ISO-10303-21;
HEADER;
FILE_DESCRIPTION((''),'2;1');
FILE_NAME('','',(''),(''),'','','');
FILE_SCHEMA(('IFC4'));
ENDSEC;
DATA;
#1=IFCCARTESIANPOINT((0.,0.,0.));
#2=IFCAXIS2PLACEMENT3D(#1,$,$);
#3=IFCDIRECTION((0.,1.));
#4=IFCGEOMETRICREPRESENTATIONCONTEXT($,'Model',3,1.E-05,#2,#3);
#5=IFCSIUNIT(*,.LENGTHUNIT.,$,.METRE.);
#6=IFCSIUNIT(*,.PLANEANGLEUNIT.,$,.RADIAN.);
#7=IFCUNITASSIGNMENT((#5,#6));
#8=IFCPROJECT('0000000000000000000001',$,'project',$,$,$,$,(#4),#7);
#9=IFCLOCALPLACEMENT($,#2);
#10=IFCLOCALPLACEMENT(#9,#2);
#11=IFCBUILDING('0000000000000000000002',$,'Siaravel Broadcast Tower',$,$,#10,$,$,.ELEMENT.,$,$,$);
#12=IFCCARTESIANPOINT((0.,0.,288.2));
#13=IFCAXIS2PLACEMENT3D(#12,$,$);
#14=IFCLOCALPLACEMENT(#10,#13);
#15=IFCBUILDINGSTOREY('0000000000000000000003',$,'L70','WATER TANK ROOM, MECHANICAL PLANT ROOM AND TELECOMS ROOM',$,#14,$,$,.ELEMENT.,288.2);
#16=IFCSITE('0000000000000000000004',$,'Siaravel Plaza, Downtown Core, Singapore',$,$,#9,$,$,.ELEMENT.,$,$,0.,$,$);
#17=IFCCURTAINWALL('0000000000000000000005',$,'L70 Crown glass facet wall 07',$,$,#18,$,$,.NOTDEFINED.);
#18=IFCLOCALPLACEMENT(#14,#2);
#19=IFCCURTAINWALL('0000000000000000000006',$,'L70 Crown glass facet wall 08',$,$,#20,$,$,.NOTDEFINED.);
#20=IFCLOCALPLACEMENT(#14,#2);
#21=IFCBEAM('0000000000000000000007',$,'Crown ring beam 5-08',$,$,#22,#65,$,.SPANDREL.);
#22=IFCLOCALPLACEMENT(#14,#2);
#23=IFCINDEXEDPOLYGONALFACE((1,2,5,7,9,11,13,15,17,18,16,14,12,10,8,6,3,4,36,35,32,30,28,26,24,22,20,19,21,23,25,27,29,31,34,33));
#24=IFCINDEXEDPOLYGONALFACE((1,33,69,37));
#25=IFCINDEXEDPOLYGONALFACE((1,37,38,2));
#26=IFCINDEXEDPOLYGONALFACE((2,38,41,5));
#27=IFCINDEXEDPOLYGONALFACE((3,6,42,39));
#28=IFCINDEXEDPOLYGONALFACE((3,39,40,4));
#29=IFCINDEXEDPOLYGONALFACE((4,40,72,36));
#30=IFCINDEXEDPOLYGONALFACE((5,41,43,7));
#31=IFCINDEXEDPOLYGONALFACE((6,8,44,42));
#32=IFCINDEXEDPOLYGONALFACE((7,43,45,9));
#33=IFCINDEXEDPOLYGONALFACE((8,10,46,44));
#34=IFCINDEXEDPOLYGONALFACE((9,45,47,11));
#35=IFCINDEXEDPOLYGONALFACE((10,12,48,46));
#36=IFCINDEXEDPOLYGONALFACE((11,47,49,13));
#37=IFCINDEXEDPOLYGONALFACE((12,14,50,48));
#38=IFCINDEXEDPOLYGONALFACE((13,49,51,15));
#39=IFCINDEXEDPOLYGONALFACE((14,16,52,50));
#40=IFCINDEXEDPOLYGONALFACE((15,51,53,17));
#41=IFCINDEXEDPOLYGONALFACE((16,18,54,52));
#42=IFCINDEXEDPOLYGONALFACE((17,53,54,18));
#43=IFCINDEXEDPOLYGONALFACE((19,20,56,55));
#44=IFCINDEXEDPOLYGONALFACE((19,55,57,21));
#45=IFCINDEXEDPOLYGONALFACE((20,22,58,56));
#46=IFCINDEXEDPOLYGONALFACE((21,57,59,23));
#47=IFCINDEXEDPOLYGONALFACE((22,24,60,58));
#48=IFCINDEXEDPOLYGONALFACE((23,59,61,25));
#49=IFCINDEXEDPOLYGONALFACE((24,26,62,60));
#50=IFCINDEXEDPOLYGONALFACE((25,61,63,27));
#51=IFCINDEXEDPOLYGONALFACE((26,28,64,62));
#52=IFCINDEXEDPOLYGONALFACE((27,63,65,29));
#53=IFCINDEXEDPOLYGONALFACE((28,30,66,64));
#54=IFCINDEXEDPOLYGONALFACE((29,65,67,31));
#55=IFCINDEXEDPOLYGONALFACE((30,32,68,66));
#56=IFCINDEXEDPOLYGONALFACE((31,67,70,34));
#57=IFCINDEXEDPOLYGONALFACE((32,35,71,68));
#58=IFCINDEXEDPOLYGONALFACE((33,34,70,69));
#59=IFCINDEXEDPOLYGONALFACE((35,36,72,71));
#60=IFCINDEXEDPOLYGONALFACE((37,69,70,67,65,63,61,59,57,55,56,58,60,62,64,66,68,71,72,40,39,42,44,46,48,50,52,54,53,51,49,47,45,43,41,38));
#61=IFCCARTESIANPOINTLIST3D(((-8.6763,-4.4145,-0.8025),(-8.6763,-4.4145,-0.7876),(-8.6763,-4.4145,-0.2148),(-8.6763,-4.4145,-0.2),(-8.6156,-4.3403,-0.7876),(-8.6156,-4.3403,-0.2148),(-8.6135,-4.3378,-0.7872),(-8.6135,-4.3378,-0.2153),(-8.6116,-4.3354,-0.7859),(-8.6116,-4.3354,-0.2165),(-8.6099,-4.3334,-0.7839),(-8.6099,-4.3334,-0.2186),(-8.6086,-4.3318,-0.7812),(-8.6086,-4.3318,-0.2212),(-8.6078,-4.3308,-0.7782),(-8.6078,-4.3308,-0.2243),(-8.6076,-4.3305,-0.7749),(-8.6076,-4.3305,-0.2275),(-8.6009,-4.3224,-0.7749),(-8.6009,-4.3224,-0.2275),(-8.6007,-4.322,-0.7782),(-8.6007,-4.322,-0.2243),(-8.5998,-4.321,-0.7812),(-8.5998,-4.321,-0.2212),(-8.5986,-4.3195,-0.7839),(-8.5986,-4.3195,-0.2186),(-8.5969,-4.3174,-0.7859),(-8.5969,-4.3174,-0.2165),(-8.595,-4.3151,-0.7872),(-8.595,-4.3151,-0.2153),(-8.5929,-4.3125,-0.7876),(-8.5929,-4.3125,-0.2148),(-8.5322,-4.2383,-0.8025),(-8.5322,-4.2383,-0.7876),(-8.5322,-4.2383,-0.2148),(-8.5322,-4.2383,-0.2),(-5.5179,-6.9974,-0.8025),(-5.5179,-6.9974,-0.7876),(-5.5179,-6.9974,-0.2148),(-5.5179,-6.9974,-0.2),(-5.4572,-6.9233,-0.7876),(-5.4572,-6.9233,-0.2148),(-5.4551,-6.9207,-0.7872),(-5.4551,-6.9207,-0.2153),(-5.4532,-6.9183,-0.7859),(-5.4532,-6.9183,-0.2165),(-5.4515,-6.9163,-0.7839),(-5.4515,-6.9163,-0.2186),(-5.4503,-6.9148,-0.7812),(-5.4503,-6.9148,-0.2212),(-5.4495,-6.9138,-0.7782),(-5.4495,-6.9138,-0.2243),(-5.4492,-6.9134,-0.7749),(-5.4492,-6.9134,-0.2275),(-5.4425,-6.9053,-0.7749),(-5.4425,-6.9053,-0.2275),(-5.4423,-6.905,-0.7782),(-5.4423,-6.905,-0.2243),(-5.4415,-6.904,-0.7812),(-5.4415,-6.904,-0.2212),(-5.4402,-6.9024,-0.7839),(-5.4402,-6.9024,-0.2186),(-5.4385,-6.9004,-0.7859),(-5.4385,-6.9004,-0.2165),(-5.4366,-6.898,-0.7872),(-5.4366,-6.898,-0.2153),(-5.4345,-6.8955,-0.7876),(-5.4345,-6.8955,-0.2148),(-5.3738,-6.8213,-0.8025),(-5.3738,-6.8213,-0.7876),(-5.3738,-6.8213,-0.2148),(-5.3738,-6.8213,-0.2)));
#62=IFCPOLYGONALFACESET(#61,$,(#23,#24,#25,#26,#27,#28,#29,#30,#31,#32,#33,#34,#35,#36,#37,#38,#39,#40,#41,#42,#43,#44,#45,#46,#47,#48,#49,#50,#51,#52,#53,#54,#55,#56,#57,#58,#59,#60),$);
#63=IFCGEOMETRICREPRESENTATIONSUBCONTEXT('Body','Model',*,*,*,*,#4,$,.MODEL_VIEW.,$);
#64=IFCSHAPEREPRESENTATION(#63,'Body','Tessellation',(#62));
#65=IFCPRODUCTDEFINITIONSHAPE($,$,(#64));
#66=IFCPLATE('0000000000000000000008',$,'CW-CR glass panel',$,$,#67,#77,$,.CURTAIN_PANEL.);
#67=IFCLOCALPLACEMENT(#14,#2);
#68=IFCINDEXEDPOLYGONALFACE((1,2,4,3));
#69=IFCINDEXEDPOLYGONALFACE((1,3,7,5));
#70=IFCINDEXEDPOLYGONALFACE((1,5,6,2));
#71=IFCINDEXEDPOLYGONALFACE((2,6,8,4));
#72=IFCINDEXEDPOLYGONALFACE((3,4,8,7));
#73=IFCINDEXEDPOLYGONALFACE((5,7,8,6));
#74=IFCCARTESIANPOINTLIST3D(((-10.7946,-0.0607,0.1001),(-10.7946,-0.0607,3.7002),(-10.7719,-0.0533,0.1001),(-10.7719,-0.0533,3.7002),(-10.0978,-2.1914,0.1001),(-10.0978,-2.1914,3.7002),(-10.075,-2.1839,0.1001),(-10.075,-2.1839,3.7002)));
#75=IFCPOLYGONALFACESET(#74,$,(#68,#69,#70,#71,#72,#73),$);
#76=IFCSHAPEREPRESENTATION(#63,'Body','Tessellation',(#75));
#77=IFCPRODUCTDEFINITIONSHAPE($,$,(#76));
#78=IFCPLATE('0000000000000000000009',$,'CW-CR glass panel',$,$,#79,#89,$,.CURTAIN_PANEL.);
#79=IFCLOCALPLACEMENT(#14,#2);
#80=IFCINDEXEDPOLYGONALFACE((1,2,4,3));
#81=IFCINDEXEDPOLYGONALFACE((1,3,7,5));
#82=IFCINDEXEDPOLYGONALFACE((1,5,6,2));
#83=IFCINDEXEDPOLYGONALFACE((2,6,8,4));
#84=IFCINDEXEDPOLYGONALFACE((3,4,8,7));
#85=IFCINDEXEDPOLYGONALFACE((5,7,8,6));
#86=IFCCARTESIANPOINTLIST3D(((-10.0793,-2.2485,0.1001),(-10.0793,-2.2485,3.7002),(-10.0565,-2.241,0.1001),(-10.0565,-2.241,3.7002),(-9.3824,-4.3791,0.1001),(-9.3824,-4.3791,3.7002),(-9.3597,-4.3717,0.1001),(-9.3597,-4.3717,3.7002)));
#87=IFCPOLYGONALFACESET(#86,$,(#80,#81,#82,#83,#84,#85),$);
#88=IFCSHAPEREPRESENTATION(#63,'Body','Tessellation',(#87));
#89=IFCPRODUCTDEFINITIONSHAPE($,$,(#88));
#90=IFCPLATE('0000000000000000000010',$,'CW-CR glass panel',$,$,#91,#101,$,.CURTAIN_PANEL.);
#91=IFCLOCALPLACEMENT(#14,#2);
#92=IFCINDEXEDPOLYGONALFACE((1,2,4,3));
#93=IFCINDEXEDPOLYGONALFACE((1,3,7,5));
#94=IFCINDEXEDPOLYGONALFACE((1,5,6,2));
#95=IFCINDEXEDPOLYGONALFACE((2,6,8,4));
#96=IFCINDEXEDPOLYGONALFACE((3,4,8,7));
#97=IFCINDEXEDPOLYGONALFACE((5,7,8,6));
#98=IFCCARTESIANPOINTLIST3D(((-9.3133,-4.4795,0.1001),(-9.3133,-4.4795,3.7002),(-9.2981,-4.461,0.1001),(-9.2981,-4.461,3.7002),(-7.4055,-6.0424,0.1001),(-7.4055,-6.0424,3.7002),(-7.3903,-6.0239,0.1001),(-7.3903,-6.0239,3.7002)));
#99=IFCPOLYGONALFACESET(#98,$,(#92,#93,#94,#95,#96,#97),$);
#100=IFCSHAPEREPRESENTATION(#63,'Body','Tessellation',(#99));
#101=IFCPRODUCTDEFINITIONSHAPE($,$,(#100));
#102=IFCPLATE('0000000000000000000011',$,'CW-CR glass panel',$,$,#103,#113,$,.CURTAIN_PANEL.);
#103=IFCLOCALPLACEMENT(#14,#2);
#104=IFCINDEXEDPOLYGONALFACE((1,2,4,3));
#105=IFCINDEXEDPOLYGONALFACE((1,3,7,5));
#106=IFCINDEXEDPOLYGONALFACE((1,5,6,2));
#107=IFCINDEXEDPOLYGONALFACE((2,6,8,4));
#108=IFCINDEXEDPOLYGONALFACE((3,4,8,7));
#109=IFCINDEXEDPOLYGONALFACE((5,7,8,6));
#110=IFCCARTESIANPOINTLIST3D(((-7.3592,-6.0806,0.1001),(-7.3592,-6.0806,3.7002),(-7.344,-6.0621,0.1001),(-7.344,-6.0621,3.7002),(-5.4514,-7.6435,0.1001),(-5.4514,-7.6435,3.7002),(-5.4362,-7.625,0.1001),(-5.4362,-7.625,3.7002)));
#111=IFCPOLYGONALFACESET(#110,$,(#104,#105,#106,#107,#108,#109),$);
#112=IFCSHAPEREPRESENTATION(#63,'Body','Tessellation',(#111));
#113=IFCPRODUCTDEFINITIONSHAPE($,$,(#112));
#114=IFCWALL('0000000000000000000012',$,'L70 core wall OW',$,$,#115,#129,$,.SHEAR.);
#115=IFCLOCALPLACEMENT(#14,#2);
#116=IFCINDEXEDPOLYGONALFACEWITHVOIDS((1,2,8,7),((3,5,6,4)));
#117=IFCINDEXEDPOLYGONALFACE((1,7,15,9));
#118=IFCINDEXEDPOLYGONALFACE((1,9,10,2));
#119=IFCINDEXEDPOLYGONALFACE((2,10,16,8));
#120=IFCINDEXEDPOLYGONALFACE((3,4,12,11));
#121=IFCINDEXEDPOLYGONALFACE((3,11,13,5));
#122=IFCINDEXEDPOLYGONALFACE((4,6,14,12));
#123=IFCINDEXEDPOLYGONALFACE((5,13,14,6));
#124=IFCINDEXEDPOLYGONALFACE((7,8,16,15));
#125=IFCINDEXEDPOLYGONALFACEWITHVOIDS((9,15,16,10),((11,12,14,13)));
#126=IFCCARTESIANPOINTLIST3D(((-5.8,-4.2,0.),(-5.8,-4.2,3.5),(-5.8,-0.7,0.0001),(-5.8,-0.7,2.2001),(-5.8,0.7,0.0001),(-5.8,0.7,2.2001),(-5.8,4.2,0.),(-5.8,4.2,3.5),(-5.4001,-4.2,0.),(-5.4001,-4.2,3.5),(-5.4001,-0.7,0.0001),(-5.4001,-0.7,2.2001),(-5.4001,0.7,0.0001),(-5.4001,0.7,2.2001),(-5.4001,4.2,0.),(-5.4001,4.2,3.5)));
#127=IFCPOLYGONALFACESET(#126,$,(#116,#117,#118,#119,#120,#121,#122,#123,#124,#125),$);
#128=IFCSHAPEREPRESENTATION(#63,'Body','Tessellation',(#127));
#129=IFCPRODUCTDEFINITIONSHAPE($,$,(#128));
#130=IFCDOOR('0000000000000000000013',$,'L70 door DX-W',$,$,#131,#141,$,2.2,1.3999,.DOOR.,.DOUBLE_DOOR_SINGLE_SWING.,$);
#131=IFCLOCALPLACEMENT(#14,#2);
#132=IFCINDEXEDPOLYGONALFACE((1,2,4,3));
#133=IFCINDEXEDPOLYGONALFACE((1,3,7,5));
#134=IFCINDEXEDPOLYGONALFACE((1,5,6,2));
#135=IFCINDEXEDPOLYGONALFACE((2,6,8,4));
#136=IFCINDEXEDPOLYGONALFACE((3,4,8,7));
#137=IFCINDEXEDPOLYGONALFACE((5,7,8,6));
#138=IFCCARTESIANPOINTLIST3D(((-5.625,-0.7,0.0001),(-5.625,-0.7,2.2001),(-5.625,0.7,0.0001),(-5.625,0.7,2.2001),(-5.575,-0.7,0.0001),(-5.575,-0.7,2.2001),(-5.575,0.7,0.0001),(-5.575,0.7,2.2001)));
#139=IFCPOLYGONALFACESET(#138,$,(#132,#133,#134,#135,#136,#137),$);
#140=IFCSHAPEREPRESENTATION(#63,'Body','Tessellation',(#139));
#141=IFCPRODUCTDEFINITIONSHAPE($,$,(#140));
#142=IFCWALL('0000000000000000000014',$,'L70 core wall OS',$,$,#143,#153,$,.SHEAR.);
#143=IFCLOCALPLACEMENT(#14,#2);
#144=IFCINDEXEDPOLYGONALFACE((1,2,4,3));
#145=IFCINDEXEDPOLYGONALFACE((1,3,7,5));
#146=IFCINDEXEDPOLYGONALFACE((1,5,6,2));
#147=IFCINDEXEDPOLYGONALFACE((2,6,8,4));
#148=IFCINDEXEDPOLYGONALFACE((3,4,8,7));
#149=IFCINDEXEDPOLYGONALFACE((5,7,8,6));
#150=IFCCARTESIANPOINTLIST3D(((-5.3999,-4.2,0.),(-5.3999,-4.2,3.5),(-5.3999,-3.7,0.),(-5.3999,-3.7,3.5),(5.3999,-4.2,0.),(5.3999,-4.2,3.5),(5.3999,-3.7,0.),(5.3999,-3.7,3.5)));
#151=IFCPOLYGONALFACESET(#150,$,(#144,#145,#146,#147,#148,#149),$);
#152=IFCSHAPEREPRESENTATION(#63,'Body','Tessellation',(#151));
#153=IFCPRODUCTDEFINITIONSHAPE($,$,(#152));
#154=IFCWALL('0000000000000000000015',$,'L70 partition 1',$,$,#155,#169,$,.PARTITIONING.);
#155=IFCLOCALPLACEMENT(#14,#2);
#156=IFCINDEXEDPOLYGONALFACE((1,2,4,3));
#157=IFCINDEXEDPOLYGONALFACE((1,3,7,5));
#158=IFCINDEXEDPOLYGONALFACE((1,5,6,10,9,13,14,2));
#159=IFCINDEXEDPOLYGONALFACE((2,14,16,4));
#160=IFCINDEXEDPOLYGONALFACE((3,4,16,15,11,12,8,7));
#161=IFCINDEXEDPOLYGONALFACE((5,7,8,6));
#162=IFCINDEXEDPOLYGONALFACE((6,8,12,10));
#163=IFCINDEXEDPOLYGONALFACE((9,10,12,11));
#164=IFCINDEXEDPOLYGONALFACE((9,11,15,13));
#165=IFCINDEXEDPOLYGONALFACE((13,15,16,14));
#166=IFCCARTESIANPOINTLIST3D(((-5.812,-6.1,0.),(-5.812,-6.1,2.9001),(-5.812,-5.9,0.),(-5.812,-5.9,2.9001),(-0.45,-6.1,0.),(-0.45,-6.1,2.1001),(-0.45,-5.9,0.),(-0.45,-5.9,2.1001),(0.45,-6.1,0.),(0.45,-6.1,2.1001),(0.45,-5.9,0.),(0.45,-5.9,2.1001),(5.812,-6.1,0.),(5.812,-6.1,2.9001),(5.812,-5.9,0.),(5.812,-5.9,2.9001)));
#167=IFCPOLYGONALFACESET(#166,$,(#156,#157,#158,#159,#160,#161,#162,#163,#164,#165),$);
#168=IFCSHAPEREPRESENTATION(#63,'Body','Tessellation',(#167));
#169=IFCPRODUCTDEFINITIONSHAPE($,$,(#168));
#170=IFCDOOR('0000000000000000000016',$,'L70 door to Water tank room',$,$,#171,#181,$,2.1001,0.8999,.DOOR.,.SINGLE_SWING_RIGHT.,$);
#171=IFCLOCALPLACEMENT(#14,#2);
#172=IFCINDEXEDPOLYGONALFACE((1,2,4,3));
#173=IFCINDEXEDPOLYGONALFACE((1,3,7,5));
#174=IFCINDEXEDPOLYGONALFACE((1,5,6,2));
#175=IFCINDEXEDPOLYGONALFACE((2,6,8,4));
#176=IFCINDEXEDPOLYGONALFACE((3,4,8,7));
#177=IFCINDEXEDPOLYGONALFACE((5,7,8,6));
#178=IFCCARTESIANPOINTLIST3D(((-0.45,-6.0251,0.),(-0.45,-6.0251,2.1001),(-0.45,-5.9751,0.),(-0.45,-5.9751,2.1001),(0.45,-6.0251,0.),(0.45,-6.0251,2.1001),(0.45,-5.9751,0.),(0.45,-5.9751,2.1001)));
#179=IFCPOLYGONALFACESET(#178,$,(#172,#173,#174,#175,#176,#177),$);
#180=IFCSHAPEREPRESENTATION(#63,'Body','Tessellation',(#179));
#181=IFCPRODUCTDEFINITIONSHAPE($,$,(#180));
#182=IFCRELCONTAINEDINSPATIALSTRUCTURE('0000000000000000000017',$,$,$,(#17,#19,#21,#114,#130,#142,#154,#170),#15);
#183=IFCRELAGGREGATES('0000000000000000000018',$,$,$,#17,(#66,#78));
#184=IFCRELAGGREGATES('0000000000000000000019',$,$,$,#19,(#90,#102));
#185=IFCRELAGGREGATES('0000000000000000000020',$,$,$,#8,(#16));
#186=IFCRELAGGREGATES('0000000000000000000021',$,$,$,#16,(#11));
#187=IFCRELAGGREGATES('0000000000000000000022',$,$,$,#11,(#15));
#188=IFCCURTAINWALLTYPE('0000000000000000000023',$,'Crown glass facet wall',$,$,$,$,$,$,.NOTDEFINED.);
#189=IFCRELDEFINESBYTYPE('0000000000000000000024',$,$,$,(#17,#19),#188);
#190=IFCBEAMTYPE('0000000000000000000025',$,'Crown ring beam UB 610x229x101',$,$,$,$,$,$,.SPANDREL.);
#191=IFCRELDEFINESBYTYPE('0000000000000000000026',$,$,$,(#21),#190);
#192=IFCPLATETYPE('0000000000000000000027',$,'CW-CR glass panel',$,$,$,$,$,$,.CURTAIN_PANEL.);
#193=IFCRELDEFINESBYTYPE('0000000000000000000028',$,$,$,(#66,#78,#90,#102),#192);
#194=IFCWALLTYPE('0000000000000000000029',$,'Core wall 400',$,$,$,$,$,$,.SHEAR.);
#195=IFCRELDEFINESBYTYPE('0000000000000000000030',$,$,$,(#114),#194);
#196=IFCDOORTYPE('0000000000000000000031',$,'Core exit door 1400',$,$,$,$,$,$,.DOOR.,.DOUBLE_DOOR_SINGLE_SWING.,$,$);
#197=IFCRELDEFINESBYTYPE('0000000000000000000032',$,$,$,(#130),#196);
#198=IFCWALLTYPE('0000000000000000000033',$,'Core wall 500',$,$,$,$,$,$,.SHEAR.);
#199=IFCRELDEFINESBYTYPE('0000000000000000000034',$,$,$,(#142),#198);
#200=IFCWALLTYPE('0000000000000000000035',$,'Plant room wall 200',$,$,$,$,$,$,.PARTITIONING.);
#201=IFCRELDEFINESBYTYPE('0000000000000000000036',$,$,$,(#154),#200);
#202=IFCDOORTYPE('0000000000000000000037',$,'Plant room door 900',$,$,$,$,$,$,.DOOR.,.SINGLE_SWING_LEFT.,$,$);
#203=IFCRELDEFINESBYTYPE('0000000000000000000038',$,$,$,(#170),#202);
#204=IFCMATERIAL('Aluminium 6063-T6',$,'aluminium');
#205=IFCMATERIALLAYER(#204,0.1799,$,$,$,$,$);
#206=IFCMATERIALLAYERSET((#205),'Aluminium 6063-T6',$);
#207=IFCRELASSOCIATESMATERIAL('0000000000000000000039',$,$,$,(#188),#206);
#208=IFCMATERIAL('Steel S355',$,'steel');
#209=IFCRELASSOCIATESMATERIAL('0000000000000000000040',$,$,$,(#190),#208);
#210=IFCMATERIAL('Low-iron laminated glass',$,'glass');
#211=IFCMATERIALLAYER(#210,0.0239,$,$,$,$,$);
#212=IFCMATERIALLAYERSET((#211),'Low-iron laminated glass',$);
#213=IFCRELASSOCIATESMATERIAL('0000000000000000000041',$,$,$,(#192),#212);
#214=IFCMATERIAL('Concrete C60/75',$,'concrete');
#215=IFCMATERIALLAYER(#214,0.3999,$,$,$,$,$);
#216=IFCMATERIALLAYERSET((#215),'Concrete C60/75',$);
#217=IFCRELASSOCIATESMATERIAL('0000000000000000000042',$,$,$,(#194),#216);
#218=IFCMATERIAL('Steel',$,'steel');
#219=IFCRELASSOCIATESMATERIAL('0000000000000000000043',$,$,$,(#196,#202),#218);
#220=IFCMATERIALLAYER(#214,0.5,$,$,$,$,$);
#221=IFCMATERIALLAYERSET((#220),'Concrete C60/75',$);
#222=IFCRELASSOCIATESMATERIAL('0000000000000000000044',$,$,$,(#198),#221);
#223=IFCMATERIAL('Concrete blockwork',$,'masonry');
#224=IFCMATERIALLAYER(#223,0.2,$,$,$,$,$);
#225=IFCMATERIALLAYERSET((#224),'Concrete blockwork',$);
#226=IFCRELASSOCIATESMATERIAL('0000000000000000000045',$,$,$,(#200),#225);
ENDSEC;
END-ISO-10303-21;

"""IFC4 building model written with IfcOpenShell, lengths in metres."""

from ifc_helpers import new_model, si_unit, direction, frame, frame_2d, origin, origin_2d, place, context, subcontext, project, spatial, rectangle, i_section, extrude, material, layer, layer_set, material_profile, profile_set, type_object, element, fill, aggregate, save


model = new_model("IFC4")

# Units and contexts
model_context = context("Model", 3, precision=1e-05, world=origin(), true_north=direction((0.0, 1.0)))
body_context = subcontext(model_context, "Body", "Model", "MODEL_VIEW")
ifc_project = project(units=[si_unit("LENGTHUNIT", "METRE"), si_unit("PLANEANGLEUNIT", "RADIAN")], contexts=[model_context])

# Site, building, storey
site_placement = place(None, origin())
site = spatial("IfcSite", under=ifc_project, at=site_placement, Name="Siaravel Plaza, Downtown Core, Singapore", CompositionType="ELEMENT", RefElevation=0.0)
building_placement = place(site_placement, origin())
building = spatial("IfcBuilding", under=site, at=building_placement, Name="Siaravel Broadcast Tower", CompositionType="ELEMENT")
storey_placement = place(building_placement, frame((0.0, 0.0, 288.2)))
storey = spatial("IfcBuildingStorey", under=building, at=storey_placement, Name="L70", Description="WATER TANK ROOM, MECHANICAL PLANT ROOM AND TELECOMS ROOM", CompositionType="ELEMENT", Elevation=288.2)

# Curtain walls
ifc_material_1 = material(Name="Aluminium 6063-T6", Category="aluminium")
ifc_layer_1 = layer(ifc_material_1, 0.1799)
ifc_layer_set_1 = layer_set([ifc_layer_1], Name="Aluminium 6063-T6")
curtain_wall_type = type_object("IfcCurtainWallType", Name="Crown glass facet wall", PredefinedType="NOTDEFINED", material=ifc_layer_set_1)
curtain_wall_1_placement = place(storey_placement, origin())
curtain_wall_1 = element("IfcCurtainWall", 1, at=curtain_wall_1_placement, inside=storey, type_object=curtain_wall_type, Name="L70 Crown glass facet wall 07", PredefinedType="NOTDEFINED")
curtain_wall_2_placement = place(storey_placement, origin())
curtain_wall_2 = element("IfcCurtainWall", 2, at=curtain_wall_2_placement, inside=storey, type_object=curtain_wall_type, Name="L70 Crown glass facet wall 08", PredefinedType="NOTDEFINED")

# Beam
ifc_material_2 = material(Name="Steel S355", Category="steel")
ifc_material_profile_1 = material_profile(ifc_material_2, i_section(OverallWidth=0.2275, OverallDepth=0.6025, WebThickness=0.0105, FlangeThickness=0.0149, FilletRadius=0.0127, at=origin_2d()))
ifc_profile_set_1 = profile_set([ifc_material_profile_1], Name="Steel S355")
beam_type_1 = type_object("IfcBeamType", Name="Crown ring beam UB 610x229x101", PredefinedType="SPANDREL", material=ifc_profile_set_1)
beam_1_placement = place(storey_placement, frame((-8.6042, -4.3264, -0.5012), z_axis=(0.774099, -0.633065, 0.0), x_axis=(0.633065, 0.774099, 0.0)))
element("IfcBeam", 3, at=beam_1_placement, inside=storey, type_object=beam_type_1, Name="Crown ring beam 5-08", PredefinedType="SPANDREL", context=body_context, shape_type="SweptSolid", body=[
    extrude(i_section(OverallWidth=0.2275, OverallDepth=0.6025, WebThickness=0.0105, FlangeThickness=0.0149, FilletRadius=0.0127, at=origin_2d()), origin(), (0.0, 0.0, 1.0), 4.0801),
])

# Plates
ifc_material_3 = material(Name="Low-iron laminated glass", Category="glass")
ifc_layer_2 = layer(ifc_material_3, 0.0239)
ifc_layer_set_2 = layer_set([ifc_layer_2], Name="Low-iron laminated glass")
plate_type = type_object("IfcPlateType", Name="CW-CR glass panel", PredefinedType="CURTAIN_PANEL", material=ifc_layer_set_2)
plate_1_placement = place(storey_placement, frame((-10.4348, -1.1223, 0.1001), z_axis=(0.0, 0.0, 1.0), x_axis=(0.310853, -0.950458, 0.0)))
plate_1 = element("IfcPlate", 4, at=plate_1_placement, type_object=plate_type, Name="CW-CR glass panel", PredefinedType="CURTAIN_PANEL", context=body_context, shape_type="SweptSolid", body=[
    extrude(rectangle(XDim=2.2417, YDim=0.0239, at=origin_2d()), origin(), (0.0, 0.0, 1.0), 3.6001),
])
plate_2_placement = place(storey_placement, frame((-9.7195, -3.3101, 0.1001), z_axis=(0.0, 0.0, 1.0), x_axis=(0.310853, -0.950458, 0.0)))
plate_2 = element("IfcPlate", 5, at=plate_2_placement, type_object=plate_type, Name="CW-CR glass panel", PredefinedType="CURTAIN_PANEL", context=body_context, shape_type="SweptSolid", body=[
    extrude(rectangle(XDim=2.2417, YDim=0.0239, at=origin_2d()), origin(), (0.0, 0.0, 1.0), 3.6001),
])
aggregate(curtain_wall_1, [plate_1, plate_2])
plate_3_placement = place(storey_placement, frame((-8.3518, -5.2517, 0.1001), z_axis=(0.0, 0.0, 1.0), x_axis=(0.773564, -0.633718, 0.0)))
plate_3 = element("IfcPlate", 6, at=plate_3_placement, type_object=plate_type, Name="CW-CR glass panel", PredefinedType="CURTAIN_PANEL", context=body_context, shape_type="SweptSolid", body=[
    extrude(rectangle(XDim=2.4663, YDim=0.0239, at=origin_2d()), origin(), (0.0, 0.0, 1.0), 3.6001),
])
plate_4_placement = place(storey_placement, frame((-6.3977, -6.8528, 0.1001), z_axis=(0.0, 0.0, 1.0), x_axis=(0.773564, -0.633718, 0.0)))
plate_4 = element("IfcPlate", 7, at=plate_4_placement, type_object=plate_type, Name="CW-CR glass panel", PredefinedType="CURTAIN_PANEL", context=body_context, shape_type="SweptSolid", body=[
    extrude(rectangle(XDim=2.4663, YDim=0.0239, at=origin_2d()), origin(), (0.0, 0.0, 1.0), 3.6001),
])
aggregate(curtain_wall_2, [plate_3, plate_4])

# Wall, opening, door
ifc_material_4 = material(Name="Concrete C60/75", Category="concrete")
ifc_layer_3 = layer(ifc_material_4, 0.3999)
ifc_layer_set_3 = layer_set([ifc_layer_3], Name="Concrete C60/75")
wall_type_1 = type_object("IfcWallType", Name="Core wall 400", PredefinedType="SHEAR", material=ifc_layer_set_3)
wall_1_placement = place(storey_placement, frame((-5.6001, -4.2, 0.0), z_axis=(0.0, 0.0, 1.0), x_axis=(0.0, 1.0, 0.0)))
wall_1 = element("IfcWall", 8, at=wall_1_placement, inside=storey, type_object=wall_type_1, Name="L70 core wall OW", PredefinedType="SHEAR", context=body_context, shape_type="SweptSolid", body=[
    extrude(rectangle(XDim=8.3999, YDim=0.3999, at=frame_2d((4.2, 0.0))), origin(), (0.0, 0.0, 1.0), 3.5),
])
opening_1_placement = place(wall_1_placement, frame((3.5, 0.0, 0.0)))
opening_1 = element("IfcOpeningElement", 9, at=opening_1_placement, cuts=wall_1, PredefinedType="OPENING", context=body_context, shape_type="SweptSolid", body=[
    extrude(rectangle(XDim=1.3999, YDim=2.2, at=frame_2d((0.7, 1.1001))), frame((0.0, 0.21, 0.0), z_axis=(0.0, -1.0, 0.0), x_axis=(1.0, 0.0, 0.0)), (0.0, 0.0, 1.0), 0.4199),
])
ifc_material_5 = material(Name="Steel", Category="steel")
door_type_1 = type_object("IfcDoorType", Name="Core exit door 1400", OperationType="DOUBLE_DOOR_SINGLE_SWING", PredefinedType="DOOR", material=ifc_material_5)
door_1_placement = place(opening_1_placement, origin())
door_1 = element("IfcDoor", 10, at=door_1_placement, inside=storey, type_object=door_type_1, Name="L70 door DX-W", OperationType="DOUBLE_DOOR_SINGLE_SWING", OverallHeight=2.2, OverallWidth=1.3999, PredefinedType="DOOR", context=body_context, shape_type="SweptSolid", body=[
    extrude(rectangle(XDim=1.3999, YDim=2.2, at=frame_2d((0.7, 1.1001))), frame((0.0, 0.0249, 0.0), z_axis=(0.0, -1.0, 0.0), x_axis=(1.0, 0.0, 0.0)), (0.0, 0.0, 1.0), 0.05),
])
fill(opening_1, door_1)

# Wall
ifc_layer_4 = layer(ifc_material_4, 0.5)
ifc_layer_set_4 = layer_set([ifc_layer_4], Name="Concrete C60/75")
wall_type_2 = type_object("IfcWallType", Name="Core wall 500", PredefinedType="SHEAR", material=ifc_layer_set_4)
wall_2_placement = place(storey_placement, frame((-5.3999, -3.95, 0.0), z_axis=(0.0, 0.0, 1.0), x_axis=(1.0, 0.0, 0.0)))
element("IfcWall", 11, at=wall_2_placement, inside=storey, type_object=wall_type_2, Name="L70 core wall OS", PredefinedType="SHEAR", context=body_context, shape_type="SweptSolid", body=[
    extrude(rectangle(XDim=10.7998, YDim=0.5, at=frame_2d((5.3999, 0.0))), origin(), (0.0, 0.0, 1.0), 3.5),
])

# Wall, opening, door
ifc_material_6 = material(Name="Concrete blockwork", Category="masonry")
ifc_layer_5 = layer(ifc_material_6, 0.2)
ifc_layer_set_5 = layer_set([ifc_layer_5], Name="Concrete blockwork")
wall_type_3 = type_object("IfcWallType", Name="Plant room wall 200", PredefinedType="PARTITIONING", material=ifc_layer_set_5)
wall_3_placement = place(storey_placement, frame((-5.812, -6.0, 0.0), z_axis=(0.0, 0.0, 1.0), x_axis=(1.0, 0.0, 0.0)))
wall_3 = element("IfcWall", 12, at=wall_3_placement, inside=storey, type_object=wall_type_3, Name="L70 partition 1", PredefinedType="PARTITIONING", context=body_context, shape_type="SweptSolid", body=[
    extrude(rectangle(XDim=11.624, YDim=0.2, at=frame_2d((5.812, 0.0))), origin(), (0.0, 0.0, 1.0), 2.9001),
])
opening_2_placement = place(wall_3_placement, frame((5.3621, 0.0, 0.0)))
opening_2 = element("IfcOpeningElement", 13, at=opening_2_placement, cuts=wall_3, PredefinedType="OPENING", context=body_context, shape_type="SweptSolid", body=[
    extrude(rectangle(XDim=0.8999, YDim=2.1001, at=frame_2d((0.45, 1.05))), frame((0.0, 0.1099, 0.0), z_axis=(0.0, -1.0, 0.0), x_axis=(1.0, 0.0, 0.0)), (0.0, 0.0, 1.0), 0.22),
])
door_type_2 = type_object("IfcDoorType", Name="Plant room door 900", OperationType="SINGLE_SWING_LEFT", PredefinedType="DOOR", material=ifc_material_5)
door_2_placement = place(opening_2_placement, origin())
door_2 = element("IfcDoor", 14, at=door_2_placement, inside=storey, type_object=door_type_2, Name="L70 door to Water tank room", OperationType="SINGLE_SWING_RIGHT", OverallHeight=2.1001, OverallWidth=0.8999, PredefinedType="DOOR", context=body_context, shape_type="SweptSolid", body=[
    extrude(rectangle(XDim=0.8999, YDim=2.1001, at=frame_2d((0.45, 1.05))), frame((0.0, 0.0249, 0.0), z_axis=(0.0, -1.0, 0.0), x_axis=(1.0, 0.0, 0.0)), (0.0, 0.0, 1.0), 0.05),
])
fill(opening_2, door_2)

save(model, "model.ifc")
